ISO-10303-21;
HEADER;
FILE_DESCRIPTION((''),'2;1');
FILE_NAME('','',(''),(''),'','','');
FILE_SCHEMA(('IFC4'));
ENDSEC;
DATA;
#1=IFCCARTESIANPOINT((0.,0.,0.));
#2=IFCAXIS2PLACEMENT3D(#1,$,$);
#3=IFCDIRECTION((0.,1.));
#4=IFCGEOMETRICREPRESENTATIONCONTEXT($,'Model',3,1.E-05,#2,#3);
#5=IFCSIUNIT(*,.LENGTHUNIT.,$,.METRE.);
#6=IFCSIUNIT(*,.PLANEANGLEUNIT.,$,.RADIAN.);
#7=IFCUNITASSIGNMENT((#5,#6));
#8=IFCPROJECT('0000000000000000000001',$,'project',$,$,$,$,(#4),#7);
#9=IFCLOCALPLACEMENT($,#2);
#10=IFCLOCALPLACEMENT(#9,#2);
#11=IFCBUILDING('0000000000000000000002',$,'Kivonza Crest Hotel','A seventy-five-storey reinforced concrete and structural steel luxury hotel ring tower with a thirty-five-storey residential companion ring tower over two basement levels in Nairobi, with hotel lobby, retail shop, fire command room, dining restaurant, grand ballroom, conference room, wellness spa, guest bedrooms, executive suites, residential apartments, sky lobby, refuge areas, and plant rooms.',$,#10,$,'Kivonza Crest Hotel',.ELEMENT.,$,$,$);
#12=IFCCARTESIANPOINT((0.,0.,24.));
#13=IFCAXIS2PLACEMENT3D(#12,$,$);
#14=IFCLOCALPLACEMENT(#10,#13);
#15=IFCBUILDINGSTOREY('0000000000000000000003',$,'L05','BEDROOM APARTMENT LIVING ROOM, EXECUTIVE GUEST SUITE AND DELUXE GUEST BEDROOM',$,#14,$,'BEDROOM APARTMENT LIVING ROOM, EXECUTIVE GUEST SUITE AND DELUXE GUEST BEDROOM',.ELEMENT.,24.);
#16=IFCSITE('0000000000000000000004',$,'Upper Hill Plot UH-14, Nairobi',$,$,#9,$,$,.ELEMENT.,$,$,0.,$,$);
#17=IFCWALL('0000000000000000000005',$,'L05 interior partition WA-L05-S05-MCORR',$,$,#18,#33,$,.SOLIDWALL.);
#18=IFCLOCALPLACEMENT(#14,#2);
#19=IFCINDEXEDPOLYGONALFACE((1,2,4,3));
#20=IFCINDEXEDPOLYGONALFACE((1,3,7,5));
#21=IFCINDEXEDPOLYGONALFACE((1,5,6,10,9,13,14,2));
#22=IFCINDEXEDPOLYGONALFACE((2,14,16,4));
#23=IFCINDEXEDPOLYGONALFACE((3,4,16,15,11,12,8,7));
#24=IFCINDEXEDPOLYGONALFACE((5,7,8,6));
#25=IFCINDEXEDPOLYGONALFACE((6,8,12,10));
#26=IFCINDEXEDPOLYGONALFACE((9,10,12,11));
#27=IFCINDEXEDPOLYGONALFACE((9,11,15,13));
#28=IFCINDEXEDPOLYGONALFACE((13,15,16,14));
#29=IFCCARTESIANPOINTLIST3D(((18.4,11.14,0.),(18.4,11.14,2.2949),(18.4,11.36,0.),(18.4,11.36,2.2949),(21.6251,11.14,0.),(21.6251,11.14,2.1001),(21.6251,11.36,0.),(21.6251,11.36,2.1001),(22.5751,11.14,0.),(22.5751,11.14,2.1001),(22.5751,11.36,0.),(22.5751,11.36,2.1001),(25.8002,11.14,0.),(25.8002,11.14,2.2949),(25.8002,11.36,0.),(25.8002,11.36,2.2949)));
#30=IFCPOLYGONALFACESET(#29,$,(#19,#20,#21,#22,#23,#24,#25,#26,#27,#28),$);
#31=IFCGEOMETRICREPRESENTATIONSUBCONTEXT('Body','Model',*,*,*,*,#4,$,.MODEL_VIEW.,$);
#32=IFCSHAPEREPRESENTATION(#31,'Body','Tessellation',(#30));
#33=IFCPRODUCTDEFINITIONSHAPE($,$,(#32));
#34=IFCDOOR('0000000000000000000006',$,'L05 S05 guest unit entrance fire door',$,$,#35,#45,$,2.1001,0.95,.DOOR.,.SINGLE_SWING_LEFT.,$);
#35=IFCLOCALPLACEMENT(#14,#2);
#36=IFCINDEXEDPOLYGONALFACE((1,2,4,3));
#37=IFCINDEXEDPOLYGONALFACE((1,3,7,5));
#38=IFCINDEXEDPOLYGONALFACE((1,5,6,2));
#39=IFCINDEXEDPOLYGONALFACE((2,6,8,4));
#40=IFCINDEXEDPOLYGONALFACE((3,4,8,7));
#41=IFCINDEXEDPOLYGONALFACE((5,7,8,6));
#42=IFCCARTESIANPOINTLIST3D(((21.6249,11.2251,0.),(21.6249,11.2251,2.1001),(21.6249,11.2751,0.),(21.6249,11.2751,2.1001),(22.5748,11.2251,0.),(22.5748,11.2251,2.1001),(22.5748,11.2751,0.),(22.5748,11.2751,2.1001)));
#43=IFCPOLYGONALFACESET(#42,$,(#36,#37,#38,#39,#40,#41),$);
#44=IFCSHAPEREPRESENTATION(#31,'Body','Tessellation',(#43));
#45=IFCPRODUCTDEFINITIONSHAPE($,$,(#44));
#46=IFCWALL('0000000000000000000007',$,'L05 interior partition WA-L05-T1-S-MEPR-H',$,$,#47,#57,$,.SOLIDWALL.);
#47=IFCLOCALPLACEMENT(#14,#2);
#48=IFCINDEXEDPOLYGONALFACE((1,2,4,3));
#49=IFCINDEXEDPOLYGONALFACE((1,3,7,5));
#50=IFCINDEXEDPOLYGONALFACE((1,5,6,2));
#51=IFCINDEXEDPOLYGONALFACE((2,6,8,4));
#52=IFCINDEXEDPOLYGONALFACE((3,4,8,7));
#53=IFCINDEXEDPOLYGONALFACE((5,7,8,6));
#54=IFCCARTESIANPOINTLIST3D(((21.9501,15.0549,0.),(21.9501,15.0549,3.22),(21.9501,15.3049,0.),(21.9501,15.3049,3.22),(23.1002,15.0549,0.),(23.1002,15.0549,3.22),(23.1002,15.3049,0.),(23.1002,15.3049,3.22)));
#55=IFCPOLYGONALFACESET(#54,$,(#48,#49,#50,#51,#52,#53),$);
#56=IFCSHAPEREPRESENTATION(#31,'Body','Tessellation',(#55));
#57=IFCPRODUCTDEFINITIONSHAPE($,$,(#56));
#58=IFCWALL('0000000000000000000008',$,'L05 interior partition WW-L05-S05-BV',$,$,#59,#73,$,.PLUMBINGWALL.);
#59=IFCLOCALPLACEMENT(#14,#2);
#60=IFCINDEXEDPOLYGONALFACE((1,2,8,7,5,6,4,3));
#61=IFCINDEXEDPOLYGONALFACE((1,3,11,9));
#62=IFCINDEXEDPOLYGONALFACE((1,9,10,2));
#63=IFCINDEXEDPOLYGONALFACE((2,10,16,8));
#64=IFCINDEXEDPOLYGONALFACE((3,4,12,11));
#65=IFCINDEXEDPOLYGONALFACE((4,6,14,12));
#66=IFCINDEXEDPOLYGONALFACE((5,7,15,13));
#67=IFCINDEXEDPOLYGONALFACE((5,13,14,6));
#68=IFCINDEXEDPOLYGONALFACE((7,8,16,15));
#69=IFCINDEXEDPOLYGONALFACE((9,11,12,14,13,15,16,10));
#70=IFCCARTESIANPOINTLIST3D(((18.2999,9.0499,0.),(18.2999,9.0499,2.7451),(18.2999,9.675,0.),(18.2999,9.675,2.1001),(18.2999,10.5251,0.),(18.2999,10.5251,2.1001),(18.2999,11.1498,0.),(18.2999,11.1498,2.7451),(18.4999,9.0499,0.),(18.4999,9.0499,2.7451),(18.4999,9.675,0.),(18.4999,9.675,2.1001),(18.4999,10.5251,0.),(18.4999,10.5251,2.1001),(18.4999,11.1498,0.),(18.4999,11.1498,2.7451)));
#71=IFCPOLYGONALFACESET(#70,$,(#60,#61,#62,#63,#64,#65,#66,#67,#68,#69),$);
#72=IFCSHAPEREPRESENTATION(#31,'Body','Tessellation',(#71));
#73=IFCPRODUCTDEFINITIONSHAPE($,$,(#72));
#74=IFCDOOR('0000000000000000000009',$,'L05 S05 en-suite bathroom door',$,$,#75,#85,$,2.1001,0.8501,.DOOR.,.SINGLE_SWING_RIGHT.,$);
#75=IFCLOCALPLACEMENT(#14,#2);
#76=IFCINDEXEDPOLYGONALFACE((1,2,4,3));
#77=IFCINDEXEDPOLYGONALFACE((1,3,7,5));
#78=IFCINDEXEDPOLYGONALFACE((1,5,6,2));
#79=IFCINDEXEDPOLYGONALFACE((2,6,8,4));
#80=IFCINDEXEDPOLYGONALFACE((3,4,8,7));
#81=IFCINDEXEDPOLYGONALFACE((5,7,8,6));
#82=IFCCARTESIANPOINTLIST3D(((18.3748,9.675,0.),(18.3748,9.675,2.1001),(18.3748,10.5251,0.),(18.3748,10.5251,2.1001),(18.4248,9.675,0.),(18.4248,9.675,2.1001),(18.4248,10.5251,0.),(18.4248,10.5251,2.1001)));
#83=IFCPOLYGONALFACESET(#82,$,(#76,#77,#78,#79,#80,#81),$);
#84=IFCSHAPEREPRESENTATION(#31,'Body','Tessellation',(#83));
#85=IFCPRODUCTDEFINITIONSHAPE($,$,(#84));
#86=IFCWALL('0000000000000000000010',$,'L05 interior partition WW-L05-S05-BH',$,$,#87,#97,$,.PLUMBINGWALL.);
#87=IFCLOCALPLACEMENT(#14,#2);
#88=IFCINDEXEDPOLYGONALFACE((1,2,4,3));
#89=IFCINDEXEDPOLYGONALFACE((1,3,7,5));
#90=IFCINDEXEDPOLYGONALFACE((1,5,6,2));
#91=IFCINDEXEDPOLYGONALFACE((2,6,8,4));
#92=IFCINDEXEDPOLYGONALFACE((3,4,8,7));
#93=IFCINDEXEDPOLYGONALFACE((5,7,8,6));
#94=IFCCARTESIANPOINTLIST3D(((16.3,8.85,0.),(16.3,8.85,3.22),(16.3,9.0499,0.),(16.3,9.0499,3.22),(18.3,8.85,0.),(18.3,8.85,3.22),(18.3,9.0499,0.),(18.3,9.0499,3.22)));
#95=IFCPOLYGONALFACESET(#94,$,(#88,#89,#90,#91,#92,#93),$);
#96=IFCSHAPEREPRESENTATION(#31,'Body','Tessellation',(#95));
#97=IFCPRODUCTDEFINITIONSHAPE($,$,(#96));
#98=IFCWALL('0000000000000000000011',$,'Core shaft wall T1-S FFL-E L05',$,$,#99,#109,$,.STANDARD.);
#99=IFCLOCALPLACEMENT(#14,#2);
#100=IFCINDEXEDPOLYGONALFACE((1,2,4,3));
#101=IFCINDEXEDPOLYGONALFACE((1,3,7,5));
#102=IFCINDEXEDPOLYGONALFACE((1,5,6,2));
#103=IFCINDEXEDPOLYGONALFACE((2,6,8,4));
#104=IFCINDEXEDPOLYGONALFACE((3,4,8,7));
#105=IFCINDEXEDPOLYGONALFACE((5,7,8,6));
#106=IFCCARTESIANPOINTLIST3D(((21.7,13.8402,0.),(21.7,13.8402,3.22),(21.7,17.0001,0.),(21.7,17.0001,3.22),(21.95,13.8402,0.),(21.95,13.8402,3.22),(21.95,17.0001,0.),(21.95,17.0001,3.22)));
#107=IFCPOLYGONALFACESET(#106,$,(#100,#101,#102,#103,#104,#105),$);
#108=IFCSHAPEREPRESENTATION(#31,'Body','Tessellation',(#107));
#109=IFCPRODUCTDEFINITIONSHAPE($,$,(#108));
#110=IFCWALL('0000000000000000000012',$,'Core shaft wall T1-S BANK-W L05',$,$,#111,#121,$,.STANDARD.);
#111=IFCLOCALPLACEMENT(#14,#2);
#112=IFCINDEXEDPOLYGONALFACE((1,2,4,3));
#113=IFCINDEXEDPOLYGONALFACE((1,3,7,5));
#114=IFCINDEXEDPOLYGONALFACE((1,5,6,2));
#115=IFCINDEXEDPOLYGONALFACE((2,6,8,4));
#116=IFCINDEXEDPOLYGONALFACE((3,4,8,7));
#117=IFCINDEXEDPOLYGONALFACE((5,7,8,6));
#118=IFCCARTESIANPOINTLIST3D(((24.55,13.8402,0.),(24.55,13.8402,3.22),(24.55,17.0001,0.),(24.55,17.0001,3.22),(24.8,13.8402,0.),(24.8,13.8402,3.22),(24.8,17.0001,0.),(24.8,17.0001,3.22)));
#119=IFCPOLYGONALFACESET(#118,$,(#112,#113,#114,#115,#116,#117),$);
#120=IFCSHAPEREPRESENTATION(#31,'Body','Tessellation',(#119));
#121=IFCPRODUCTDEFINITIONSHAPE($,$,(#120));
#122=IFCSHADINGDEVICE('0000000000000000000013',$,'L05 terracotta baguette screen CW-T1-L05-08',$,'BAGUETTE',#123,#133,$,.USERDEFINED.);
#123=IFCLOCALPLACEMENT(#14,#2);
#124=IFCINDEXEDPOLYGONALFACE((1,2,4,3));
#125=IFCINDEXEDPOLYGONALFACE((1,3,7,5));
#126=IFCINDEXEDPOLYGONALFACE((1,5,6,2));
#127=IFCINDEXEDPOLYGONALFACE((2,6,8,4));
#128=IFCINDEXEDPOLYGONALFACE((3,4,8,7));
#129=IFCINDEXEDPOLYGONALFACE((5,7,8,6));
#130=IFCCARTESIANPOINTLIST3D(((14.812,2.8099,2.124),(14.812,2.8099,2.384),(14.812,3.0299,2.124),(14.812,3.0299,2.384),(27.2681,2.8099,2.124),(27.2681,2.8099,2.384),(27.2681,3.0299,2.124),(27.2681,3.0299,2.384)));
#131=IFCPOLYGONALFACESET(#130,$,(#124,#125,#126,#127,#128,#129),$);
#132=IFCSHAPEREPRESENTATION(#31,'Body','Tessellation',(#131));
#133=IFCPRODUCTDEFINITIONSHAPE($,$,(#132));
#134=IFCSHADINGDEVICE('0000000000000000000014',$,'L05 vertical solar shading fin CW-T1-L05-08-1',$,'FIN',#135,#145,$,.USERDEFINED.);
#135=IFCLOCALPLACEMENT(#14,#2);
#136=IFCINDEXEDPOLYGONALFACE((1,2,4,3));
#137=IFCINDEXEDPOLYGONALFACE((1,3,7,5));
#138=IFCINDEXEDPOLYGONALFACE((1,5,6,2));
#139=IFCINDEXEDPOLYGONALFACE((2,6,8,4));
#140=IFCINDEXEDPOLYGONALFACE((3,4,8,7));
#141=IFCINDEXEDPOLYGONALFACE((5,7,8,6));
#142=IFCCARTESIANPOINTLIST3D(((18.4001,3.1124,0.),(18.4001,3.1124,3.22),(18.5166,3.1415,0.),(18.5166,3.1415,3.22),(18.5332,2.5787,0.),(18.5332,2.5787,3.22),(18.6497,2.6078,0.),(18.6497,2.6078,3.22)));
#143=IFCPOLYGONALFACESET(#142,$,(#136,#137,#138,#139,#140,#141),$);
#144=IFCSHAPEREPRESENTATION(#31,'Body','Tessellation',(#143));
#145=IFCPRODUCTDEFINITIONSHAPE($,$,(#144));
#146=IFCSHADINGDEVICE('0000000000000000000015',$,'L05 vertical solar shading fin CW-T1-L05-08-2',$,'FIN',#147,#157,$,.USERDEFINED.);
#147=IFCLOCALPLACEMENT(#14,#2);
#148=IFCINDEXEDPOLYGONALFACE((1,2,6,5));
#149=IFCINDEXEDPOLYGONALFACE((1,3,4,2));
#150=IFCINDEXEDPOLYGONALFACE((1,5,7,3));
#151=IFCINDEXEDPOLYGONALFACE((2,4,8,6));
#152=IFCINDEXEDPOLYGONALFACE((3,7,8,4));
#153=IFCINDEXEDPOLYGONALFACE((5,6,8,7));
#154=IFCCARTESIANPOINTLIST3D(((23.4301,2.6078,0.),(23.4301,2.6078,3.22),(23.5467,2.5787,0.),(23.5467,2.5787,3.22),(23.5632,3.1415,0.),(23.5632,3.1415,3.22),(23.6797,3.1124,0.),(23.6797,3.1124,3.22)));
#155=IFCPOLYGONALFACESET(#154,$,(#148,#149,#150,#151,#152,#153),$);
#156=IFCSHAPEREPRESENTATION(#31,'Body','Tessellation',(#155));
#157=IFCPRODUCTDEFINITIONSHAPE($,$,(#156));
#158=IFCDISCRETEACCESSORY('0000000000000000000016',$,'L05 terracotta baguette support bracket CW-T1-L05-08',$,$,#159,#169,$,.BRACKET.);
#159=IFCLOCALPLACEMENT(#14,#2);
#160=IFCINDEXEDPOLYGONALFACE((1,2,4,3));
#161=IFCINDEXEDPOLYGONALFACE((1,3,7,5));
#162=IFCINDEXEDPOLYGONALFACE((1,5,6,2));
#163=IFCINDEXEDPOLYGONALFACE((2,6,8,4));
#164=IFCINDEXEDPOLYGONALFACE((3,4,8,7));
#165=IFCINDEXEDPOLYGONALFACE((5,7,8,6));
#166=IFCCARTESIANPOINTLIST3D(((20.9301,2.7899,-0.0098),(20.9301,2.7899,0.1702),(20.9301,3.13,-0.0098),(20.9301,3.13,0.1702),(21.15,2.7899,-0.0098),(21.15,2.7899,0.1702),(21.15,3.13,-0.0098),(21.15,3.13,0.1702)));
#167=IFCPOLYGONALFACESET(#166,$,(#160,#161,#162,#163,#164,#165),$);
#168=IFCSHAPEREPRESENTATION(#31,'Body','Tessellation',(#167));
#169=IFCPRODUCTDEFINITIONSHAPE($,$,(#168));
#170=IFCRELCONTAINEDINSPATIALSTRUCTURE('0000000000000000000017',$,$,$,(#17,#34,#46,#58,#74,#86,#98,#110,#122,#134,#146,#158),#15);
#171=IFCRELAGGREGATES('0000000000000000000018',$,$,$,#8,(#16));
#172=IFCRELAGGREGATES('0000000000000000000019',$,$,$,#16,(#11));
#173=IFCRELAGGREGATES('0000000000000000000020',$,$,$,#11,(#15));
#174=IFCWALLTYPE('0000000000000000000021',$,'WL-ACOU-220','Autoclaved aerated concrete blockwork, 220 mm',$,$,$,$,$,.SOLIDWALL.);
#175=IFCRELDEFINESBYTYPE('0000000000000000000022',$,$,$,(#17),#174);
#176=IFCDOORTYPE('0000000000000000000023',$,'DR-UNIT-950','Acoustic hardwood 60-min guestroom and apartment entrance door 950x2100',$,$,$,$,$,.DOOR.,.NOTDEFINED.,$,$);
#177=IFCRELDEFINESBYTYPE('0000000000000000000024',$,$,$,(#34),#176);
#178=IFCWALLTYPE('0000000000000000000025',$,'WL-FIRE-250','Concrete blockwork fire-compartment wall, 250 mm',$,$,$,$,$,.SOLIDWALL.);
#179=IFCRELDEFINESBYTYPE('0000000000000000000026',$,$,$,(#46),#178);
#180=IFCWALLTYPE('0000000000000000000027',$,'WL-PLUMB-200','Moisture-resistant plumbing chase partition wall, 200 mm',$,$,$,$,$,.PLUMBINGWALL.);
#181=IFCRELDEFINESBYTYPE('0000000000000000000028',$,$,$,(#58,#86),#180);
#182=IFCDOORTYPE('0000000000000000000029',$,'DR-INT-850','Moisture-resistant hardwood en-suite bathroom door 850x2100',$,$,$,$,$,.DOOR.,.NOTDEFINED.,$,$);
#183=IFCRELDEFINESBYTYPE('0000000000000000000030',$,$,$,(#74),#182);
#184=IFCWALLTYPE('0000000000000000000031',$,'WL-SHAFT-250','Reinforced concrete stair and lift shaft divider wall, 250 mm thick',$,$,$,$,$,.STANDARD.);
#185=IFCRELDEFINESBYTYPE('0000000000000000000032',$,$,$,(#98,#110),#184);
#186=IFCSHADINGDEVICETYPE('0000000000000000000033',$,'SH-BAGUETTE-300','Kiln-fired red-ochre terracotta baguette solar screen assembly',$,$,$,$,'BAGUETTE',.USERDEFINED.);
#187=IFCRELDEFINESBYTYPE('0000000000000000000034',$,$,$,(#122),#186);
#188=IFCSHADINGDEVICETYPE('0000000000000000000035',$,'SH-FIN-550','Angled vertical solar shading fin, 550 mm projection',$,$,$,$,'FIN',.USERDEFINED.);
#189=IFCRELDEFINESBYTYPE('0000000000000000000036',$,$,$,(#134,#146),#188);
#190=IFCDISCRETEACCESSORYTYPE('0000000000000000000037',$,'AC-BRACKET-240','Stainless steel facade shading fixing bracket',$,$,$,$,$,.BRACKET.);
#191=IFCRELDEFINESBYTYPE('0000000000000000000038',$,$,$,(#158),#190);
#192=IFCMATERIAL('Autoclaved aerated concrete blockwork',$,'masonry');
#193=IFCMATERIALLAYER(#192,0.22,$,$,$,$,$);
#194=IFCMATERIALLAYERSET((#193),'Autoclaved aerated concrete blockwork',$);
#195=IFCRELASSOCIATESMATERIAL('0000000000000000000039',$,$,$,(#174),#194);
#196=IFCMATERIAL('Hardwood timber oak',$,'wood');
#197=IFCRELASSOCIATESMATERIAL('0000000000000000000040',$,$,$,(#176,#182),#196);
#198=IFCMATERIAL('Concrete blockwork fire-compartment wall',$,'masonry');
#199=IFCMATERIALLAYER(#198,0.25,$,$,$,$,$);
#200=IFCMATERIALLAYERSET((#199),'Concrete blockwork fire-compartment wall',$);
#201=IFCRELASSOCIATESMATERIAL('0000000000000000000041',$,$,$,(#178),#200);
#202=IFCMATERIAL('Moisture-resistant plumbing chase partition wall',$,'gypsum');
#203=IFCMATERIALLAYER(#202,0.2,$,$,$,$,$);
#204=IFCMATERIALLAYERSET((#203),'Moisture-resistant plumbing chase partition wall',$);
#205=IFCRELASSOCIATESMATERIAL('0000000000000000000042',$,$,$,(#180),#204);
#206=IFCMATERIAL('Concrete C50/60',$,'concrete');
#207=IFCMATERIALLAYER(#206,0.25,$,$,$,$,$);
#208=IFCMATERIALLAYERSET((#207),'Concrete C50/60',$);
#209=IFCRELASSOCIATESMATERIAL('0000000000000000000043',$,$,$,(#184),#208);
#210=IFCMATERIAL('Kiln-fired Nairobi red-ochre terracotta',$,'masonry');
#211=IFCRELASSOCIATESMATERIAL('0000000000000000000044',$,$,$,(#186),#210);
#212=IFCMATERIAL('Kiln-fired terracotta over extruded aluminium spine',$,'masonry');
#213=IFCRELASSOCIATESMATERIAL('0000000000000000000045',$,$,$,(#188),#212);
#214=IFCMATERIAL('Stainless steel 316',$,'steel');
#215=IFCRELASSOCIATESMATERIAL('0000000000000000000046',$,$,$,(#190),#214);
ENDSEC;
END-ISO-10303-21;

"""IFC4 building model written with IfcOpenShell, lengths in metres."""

from ifc_helpers import new_model, si_unit, direction, frame, frame_2d, origin, origin_2d, place, context, subcontext, project, spatial, rectangle, extrude, material, layer, layer_set, type_object, element, fill, save


model = new_model("IFC4")

# Units and contexts
model_context = context("Model", 3, precision=1e-05, world=origin(), true_north=direction((0.0, 1.0)))
body_context = subcontext(model_context, "Body", "Model", "MODEL_VIEW")
ifc_project = project(units=[si_unit("LENGTHUNIT", "METRE"), si_unit("PLANEANGLEUNIT", "RADIAN")], contexts=[model_context])

# Site, building, storey
site_placement = place(None, origin())
site = spatial("IfcSite", under=ifc_project, at=site_placement, Name="Upper Hill Plot UH-14, Nairobi", CompositionType="ELEMENT", RefElevation=0.0)
building_placement = place(site_placement, origin())
building = spatial("IfcBuilding", under=site, at=building_placement, Name="Kivonza Crest Hotel", Description="A seventy-five-storey reinforced concrete and structural steel luxury hotel ring tower with a thirty-five-storey residential companion ring tower over two basement levels in Nairobi, with hotel lobby, retail shop, fire command room, dining restaurant, grand ballroom, conference room, wellness spa, guest bedrooms, executive suites, residential apartments, sky lobby, refuge areas, and plant rooms.", LongName="Kivonza Crest Hotel", CompositionType="ELEMENT")
storey_placement = place(building_placement, frame((0.0, 0.0, 24.0)))
storey = spatial("IfcBuildingStorey", under=building, at=storey_placement, Name="L05", Description="BEDROOM APARTMENT LIVING ROOM, EXECUTIVE GUEST SUITE AND DELUXE GUEST BEDROOM", LongName="BEDROOM APARTMENT LIVING ROOM, EXECUTIVE GUEST SUITE AND DELUXE GUEST BEDROOM", CompositionType="ELEMENT", Elevation=24.0)

# Shared definitions
ifc_material_1 = material(Name="Autoclaved aerated concrete blockwork", Category="masonry")
ifc_layer_1 = layer(ifc_material_1, 0.22)
ifc_layer_set_1 = layer_set([ifc_layer_1], Name="Autoclaved aerated concrete blockwork")
wall_type_1 = type_object("IfcWallType", Name="WL-ACOU-220", Description="Autoclaved aerated concrete blockwork, 220 mm", PredefinedType="SOLIDWALL", material=ifc_layer_set_1)

# Wall, opening, door
wall_1_placement = place(storey_placement, frame((18.3999, 11.25, 0.0), z_axis=(0.0, 0.0, 1.0), x_axis=(1.0, 0.0, 0.0)))
wall_1 = element("IfcWall", 1, at=wall_1_placement, inside=storey, type_object=wall_type_1, Name="L05 interior partition WA-L05-S05-MCORR", PredefinedType="SOLIDWALL", context=body_context, shape_type="SweptSolid", body=[
    extrude(rectangle(XDim=7.4001, YDim=0.22, at=frame_2d((3.7002, 0.0))), origin(), (0.0, 0.0, 1.0), 2.2949),
])
opening_1_placement = place(wall_1_placement, frame((3.2251, 0.0, 0.0)))
opening_1 = element("IfcOpeningElement", 2, at=opening_1_placement, cuts=wall_1, PredefinedType="OPENING", context=body_context, shape_type="SweptSolid", body=[
    extrude(rectangle(XDim=0.95, YDim=2.1001, at=frame_2d((0.4751, 1.05))), frame((0.0, 0.1201, 0.0), z_axis=(0.0, -1.0, 0.0), x_axis=(1.0, 0.0, 0.0)), (0.0, 0.0, 1.0), 0.24),
])
ifc_material_2 = material(Name="Hardwood timber oak", Category="wood")
door_type_1 = type_object("IfcDoorType", Name="DR-UNIT-950", Description="Acoustic hardwood 60-min guestroom and apartment entrance door 950x2100", OperationType="NOTDEFINED", PredefinedType="DOOR", material=ifc_material_2)
door_1_placement = place(opening_1_placement, frame((0.95, 0.0, 0.0), z_axis=(0.0, 0.0, 1.0), x_axis=(-1.0, 0.0, 0.0)))
door_1 = element("IfcDoor", 3, at=door_1_placement, inside=storey, type_object=door_type_1, Name="L05 S05 guest unit entrance fire door", OperationType="SINGLE_SWING_LEFT", OverallHeight=2.1001, OverallWidth=0.95, PredefinedType="DOOR", context=body_context, shape_type="SweptSolid", body=[
    extrude(rectangle(XDim=0.95, YDim=2.1001, at=frame_2d((0.4751, 1.05))), frame((0.0, 0.0249, 0.0), z_axis=(0.0, -1.0, 0.0), x_axis=(1.0, 0.0, 0.0)), (0.0, 0.0, 1.0), 0.05),
])
fill(opening_1, door_1)

# Wall
ifc_material_3 = material(Name="Concrete blockwork fire-compartment wall", Category="masonry")
ifc_layer_2 = layer(ifc_material_3, 0.25)
ifc_layer_set_2 = layer_set([ifc_layer_2], Name="Concrete blockwork fire-compartment wall")
wall_type_2 = type_object("IfcWallType", Name="WL-FIRE-250", Description="Concrete blockwork fire-compartment wall, 250 mm", PredefinedType="SOLIDWALL", material=ifc_layer_set_2)
wall_2_placement = place(storey_placement, frame((21.95, 15.1799, 0.0), z_axis=(0.0, 0.0, 1.0), x_axis=(1.0, 0.0, 0.0)))
element("IfcWall", 4, at=wall_2_placement, inside=storey, type_object=wall_type_2, Name="L05 interior partition WA-L05-T1-S-MEPR-H", PredefinedType="SOLIDWALL", context=body_context, shape_type="SweptSolid", body=[
    extrude(rectangle(XDim=1.1501, YDim=0.25, at=frame_2d((0.5752, 0.0))), origin(), (0.0, 0.0, 1.0), 3.22),
])

# Wall, opening, door
ifc_material_4 = material(Name="Moisture-resistant plumbing chase partition wall", Category="gypsum")
ifc_layer_3 = layer(ifc_material_4, 0.2)
ifc_layer_set_3 = layer_set([ifc_layer_3], Name="Moisture-resistant plumbing chase partition wall")
wall_type_3 = type_object("IfcWallType", Name="WL-PLUMB-200", Description="Moisture-resistant plumbing chase partition wall, 200 mm", PredefinedType="PLUMBINGWALL", material=ifc_layer_set_3)
wall_3_placement = place(storey_placement, frame((18.3999, 9.05, 0.0), z_axis=(0.0, 0.0, 1.0), x_axis=(0.0, 1.0, 0.0)))
wall_3 = element("IfcWall", 5, at=wall_3_placement, inside=storey, type_object=wall_type_3, Name="L05 interior partition WW-L05-S05-BV", PredefinedType="PLUMBINGWALL", context=body_context, shape_type="SweptSolid", body=[
    extrude(rectangle(XDim=2.0999, YDim=0.2, at=frame_2d((1.0498, 0.0))), origin(), (0.0, 0.0, 1.0), 2.7451),
])
opening_2_placement = place(wall_3_placement, frame((0.625, 0.0, 0.0)))
opening_2 = element("IfcOpeningElement", 6, at=opening_2_placement, cuts=wall_3, PredefinedType="OPENING", context=body_context, shape_type="SweptSolid", body=[
    extrude(rectangle(XDim=0.8501, YDim=2.1001, at=frame_2d((0.425, 1.05))), frame((0.0, 0.1099, 0.0), z_axis=(0.0, -1.0, 0.0), x_axis=(1.0, 0.0, 0.0)), (0.0, 0.0, 1.0), 0.22),
])
door_type_2 = type_object("IfcDoorType", Name="DR-INT-850", Description="Moisture-resistant hardwood en-suite bathroom door 850x2100", OperationType="NOTDEFINED", PredefinedType="DOOR", material=ifc_material_2)
door_2_placement = place(opening_2_placement, frame((0.8501, 0.0, 0.0), z_axis=(0.0, 0.0, 1.0), x_axis=(-1.0, 0.0, 0.0)))
door_2 = element("IfcDoor", 7, at=door_2_placement, inside=storey, type_object=door_type_2, Name="L05 S05 en-suite bathroom door", OperationType="SINGLE_SWING_RIGHT", OverallHeight=2.1001, OverallWidth=0.8501, PredefinedType="DOOR", context=body_context, shape_type="SweptSolid", body=[
    extrude(rectangle(XDim=0.8501, YDim=2.1001, at=frame_2d((0.425, 1.05))), frame((0.0, 0.0249, 0.0), z_axis=(0.0, -1.0, 0.0), x_axis=(1.0, 0.0, 0.0)), (0.0, 0.0, 1.0), 0.05),
])
fill(opening_2, door_2)

# Wall
wall_4_placement = place(storey_placement, frame((16.3, 8.95, 0.0), z_axis=(0.0, 0.0, 1.0), x_axis=(1.0, 0.0, 0.0)))
element("IfcWall", 8, at=wall_4_placement, inside=storey, type_object=wall_type_3, Name="L05 interior partition WW-L05-S05-BH", PredefinedType="PLUMBINGWALL", context=body_context, shape_type="SweptSolid", body=[
    extrude(rectangle(XDim=2.0, YDim=0.2, at=frame_2d((1.0, 0.0))), origin(), (0.0, 0.0, 1.0), 3.22),
])

# Shared definitions
ifc_material_5 = material(Name="Concrete C50/60", Category="concrete")
ifc_layer_4 = layer(ifc_material_5, 0.25)
ifc_layer_set_4 = layer_set([ifc_layer_4], Name="Concrete C50/60")
wall_type_4 = type_object("IfcWallType", Name="WL-SHAFT-250", Description="Reinforced concrete stair and lift shaft divider wall, 250 mm thick", PredefinedType="STANDARD", material=ifc_layer_set_4)

# Walls
for number, where, z_axis, x_axis, name in (
    (9, (21.825, 13.8401, 0.0), (0.0, 0.0, 1.0), (0.0, 1.0, 0.0), "Core shaft wall T1-S FFL-E L05"),
    (10, (24.675, 13.8401, 0.0), (0.0, 0.0, 1.0), (0.0, 1.0, 0.0), "Core shaft wall T1-S BANK-W L05"),
):
    element("IfcWall", number, at=place(storey_placement, frame(where, z_axis=z_axis, x_axis=x_axis)), inside=storey, type_object=wall_type_4, Name=name, PredefinedType="STANDARD", context=body_context, shape_type="SweptSolid", body=[
        extrude(rectangle(XDim=3.1599, YDim=0.25, at=frame_2d((1.5801, 0.0))), origin(), (0.0, 0.0, 1.0), 3.22),
    ])

# Shading devices
ifc_material_6 = material(Name="Kiln-fired Nairobi red-ochre terracotta", Category="masonry")
shading_device_type_1 = type_object("IfcShadingDeviceType", Name="SH-BAGUETTE-300", Description="Kiln-fired red-ochre terracotta baguette solar screen assembly", ElementType="BAGUETTE", PredefinedType="USERDEFINED", material=ifc_material_6)
shading_device_placement = place(storey_placement, frame((21.04, 2.9199, 2.124), z_axis=(0.0, 0.0, 1.0), x_axis=(1.0, 0.0, 0.0)))
element("IfcShadingDevice", 11, at=shading_device_placement, inside=storey, type_object=shading_device_type_1, Name="L05 terracotta baguette screen CW-T1-L05-08", ObjectType="BAGUETTE", PredefinedType="USERDEFINED", context=body_context, shape_type="SweptSolid", body=[
    extrude(rectangle(XDim=12.4561, YDim=0.22, at=origin_2d()), origin(), (0.0, 0.0, 1.0), 0.26),
])
ifc_material_7 = material(Name="Kiln-fired terracotta over extruded aluminium spine", Category="masonry")
shading_device_type_2 = type_object("IfcShadingDeviceType", Name="SH-FIN-550", Description="Angled vertical solar shading fin, 550 mm projection", ElementType="FIN", PredefinedType="USERDEFINED", material=ifc_material_7)
for number, where, z_axis, x_axis, name in (
    (12, (18.5249, 2.8601, 0.0), (0.0, 0.0, 1.0), (0.970296, 0.241922, 0.0), "L05 vertical solar shading fin CW-T1-L05-08-1"),
    (13, (23.5549, 2.8601, 0.0), (0.0, 0.0, 1.0), (0.970296, -0.241922, 0.0), "L05 vertical solar shading fin CW-T1-L05-08-2"),
):
    element("IfcShadingDevice", number, at=place(storey_placement, frame(where, z_axis=z_axis, x_axis=x_axis)), inside=storey, type_object=shading_device_type_2, Name=name, ObjectType="FIN", PredefinedType="USERDEFINED", context=body_context, shape_type="SweptSolid", body=[
        extrude(rectangle(XDim=0.1201, YDim=0.55, at=origin_2d()), origin(), (0.0, 0.0, 1.0), 3.22),
    ])

# Discrete accessory
ifc_material_8 = material(Name="Stainless steel 316", Category="steel")
discrete_accessory_type = type_object("IfcDiscreteAccessoryType", Name="AC-BRACKET-240", Description="Stainless steel facade shading fixing bracket", PredefinedType="BRACKET", material=ifc_material_8)
discrete_accessory_placement = place(storey_placement, frame((21.04, 2.96, -0.0098), z_axis=(0.0, 0.0, 1.0), x_axis=(1.0, 0.0, 0.0)))
element("IfcDiscreteAccessory", 14, at=discrete_accessory_placement, inside=storey, type_object=discrete_accessory_type, Name="L05 terracotta baguette support bracket CW-T1-L05-08", PredefinedType="BRACKET", context=body_context, shape_type="SweptSolid", body=[
    extrude(rectangle(XDim=0.22, YDim=0.3401, at=origin_2d()), origin(), (0.0, 0.0, 1.0), 0.1799),
])

save(model, "model.ifc")
